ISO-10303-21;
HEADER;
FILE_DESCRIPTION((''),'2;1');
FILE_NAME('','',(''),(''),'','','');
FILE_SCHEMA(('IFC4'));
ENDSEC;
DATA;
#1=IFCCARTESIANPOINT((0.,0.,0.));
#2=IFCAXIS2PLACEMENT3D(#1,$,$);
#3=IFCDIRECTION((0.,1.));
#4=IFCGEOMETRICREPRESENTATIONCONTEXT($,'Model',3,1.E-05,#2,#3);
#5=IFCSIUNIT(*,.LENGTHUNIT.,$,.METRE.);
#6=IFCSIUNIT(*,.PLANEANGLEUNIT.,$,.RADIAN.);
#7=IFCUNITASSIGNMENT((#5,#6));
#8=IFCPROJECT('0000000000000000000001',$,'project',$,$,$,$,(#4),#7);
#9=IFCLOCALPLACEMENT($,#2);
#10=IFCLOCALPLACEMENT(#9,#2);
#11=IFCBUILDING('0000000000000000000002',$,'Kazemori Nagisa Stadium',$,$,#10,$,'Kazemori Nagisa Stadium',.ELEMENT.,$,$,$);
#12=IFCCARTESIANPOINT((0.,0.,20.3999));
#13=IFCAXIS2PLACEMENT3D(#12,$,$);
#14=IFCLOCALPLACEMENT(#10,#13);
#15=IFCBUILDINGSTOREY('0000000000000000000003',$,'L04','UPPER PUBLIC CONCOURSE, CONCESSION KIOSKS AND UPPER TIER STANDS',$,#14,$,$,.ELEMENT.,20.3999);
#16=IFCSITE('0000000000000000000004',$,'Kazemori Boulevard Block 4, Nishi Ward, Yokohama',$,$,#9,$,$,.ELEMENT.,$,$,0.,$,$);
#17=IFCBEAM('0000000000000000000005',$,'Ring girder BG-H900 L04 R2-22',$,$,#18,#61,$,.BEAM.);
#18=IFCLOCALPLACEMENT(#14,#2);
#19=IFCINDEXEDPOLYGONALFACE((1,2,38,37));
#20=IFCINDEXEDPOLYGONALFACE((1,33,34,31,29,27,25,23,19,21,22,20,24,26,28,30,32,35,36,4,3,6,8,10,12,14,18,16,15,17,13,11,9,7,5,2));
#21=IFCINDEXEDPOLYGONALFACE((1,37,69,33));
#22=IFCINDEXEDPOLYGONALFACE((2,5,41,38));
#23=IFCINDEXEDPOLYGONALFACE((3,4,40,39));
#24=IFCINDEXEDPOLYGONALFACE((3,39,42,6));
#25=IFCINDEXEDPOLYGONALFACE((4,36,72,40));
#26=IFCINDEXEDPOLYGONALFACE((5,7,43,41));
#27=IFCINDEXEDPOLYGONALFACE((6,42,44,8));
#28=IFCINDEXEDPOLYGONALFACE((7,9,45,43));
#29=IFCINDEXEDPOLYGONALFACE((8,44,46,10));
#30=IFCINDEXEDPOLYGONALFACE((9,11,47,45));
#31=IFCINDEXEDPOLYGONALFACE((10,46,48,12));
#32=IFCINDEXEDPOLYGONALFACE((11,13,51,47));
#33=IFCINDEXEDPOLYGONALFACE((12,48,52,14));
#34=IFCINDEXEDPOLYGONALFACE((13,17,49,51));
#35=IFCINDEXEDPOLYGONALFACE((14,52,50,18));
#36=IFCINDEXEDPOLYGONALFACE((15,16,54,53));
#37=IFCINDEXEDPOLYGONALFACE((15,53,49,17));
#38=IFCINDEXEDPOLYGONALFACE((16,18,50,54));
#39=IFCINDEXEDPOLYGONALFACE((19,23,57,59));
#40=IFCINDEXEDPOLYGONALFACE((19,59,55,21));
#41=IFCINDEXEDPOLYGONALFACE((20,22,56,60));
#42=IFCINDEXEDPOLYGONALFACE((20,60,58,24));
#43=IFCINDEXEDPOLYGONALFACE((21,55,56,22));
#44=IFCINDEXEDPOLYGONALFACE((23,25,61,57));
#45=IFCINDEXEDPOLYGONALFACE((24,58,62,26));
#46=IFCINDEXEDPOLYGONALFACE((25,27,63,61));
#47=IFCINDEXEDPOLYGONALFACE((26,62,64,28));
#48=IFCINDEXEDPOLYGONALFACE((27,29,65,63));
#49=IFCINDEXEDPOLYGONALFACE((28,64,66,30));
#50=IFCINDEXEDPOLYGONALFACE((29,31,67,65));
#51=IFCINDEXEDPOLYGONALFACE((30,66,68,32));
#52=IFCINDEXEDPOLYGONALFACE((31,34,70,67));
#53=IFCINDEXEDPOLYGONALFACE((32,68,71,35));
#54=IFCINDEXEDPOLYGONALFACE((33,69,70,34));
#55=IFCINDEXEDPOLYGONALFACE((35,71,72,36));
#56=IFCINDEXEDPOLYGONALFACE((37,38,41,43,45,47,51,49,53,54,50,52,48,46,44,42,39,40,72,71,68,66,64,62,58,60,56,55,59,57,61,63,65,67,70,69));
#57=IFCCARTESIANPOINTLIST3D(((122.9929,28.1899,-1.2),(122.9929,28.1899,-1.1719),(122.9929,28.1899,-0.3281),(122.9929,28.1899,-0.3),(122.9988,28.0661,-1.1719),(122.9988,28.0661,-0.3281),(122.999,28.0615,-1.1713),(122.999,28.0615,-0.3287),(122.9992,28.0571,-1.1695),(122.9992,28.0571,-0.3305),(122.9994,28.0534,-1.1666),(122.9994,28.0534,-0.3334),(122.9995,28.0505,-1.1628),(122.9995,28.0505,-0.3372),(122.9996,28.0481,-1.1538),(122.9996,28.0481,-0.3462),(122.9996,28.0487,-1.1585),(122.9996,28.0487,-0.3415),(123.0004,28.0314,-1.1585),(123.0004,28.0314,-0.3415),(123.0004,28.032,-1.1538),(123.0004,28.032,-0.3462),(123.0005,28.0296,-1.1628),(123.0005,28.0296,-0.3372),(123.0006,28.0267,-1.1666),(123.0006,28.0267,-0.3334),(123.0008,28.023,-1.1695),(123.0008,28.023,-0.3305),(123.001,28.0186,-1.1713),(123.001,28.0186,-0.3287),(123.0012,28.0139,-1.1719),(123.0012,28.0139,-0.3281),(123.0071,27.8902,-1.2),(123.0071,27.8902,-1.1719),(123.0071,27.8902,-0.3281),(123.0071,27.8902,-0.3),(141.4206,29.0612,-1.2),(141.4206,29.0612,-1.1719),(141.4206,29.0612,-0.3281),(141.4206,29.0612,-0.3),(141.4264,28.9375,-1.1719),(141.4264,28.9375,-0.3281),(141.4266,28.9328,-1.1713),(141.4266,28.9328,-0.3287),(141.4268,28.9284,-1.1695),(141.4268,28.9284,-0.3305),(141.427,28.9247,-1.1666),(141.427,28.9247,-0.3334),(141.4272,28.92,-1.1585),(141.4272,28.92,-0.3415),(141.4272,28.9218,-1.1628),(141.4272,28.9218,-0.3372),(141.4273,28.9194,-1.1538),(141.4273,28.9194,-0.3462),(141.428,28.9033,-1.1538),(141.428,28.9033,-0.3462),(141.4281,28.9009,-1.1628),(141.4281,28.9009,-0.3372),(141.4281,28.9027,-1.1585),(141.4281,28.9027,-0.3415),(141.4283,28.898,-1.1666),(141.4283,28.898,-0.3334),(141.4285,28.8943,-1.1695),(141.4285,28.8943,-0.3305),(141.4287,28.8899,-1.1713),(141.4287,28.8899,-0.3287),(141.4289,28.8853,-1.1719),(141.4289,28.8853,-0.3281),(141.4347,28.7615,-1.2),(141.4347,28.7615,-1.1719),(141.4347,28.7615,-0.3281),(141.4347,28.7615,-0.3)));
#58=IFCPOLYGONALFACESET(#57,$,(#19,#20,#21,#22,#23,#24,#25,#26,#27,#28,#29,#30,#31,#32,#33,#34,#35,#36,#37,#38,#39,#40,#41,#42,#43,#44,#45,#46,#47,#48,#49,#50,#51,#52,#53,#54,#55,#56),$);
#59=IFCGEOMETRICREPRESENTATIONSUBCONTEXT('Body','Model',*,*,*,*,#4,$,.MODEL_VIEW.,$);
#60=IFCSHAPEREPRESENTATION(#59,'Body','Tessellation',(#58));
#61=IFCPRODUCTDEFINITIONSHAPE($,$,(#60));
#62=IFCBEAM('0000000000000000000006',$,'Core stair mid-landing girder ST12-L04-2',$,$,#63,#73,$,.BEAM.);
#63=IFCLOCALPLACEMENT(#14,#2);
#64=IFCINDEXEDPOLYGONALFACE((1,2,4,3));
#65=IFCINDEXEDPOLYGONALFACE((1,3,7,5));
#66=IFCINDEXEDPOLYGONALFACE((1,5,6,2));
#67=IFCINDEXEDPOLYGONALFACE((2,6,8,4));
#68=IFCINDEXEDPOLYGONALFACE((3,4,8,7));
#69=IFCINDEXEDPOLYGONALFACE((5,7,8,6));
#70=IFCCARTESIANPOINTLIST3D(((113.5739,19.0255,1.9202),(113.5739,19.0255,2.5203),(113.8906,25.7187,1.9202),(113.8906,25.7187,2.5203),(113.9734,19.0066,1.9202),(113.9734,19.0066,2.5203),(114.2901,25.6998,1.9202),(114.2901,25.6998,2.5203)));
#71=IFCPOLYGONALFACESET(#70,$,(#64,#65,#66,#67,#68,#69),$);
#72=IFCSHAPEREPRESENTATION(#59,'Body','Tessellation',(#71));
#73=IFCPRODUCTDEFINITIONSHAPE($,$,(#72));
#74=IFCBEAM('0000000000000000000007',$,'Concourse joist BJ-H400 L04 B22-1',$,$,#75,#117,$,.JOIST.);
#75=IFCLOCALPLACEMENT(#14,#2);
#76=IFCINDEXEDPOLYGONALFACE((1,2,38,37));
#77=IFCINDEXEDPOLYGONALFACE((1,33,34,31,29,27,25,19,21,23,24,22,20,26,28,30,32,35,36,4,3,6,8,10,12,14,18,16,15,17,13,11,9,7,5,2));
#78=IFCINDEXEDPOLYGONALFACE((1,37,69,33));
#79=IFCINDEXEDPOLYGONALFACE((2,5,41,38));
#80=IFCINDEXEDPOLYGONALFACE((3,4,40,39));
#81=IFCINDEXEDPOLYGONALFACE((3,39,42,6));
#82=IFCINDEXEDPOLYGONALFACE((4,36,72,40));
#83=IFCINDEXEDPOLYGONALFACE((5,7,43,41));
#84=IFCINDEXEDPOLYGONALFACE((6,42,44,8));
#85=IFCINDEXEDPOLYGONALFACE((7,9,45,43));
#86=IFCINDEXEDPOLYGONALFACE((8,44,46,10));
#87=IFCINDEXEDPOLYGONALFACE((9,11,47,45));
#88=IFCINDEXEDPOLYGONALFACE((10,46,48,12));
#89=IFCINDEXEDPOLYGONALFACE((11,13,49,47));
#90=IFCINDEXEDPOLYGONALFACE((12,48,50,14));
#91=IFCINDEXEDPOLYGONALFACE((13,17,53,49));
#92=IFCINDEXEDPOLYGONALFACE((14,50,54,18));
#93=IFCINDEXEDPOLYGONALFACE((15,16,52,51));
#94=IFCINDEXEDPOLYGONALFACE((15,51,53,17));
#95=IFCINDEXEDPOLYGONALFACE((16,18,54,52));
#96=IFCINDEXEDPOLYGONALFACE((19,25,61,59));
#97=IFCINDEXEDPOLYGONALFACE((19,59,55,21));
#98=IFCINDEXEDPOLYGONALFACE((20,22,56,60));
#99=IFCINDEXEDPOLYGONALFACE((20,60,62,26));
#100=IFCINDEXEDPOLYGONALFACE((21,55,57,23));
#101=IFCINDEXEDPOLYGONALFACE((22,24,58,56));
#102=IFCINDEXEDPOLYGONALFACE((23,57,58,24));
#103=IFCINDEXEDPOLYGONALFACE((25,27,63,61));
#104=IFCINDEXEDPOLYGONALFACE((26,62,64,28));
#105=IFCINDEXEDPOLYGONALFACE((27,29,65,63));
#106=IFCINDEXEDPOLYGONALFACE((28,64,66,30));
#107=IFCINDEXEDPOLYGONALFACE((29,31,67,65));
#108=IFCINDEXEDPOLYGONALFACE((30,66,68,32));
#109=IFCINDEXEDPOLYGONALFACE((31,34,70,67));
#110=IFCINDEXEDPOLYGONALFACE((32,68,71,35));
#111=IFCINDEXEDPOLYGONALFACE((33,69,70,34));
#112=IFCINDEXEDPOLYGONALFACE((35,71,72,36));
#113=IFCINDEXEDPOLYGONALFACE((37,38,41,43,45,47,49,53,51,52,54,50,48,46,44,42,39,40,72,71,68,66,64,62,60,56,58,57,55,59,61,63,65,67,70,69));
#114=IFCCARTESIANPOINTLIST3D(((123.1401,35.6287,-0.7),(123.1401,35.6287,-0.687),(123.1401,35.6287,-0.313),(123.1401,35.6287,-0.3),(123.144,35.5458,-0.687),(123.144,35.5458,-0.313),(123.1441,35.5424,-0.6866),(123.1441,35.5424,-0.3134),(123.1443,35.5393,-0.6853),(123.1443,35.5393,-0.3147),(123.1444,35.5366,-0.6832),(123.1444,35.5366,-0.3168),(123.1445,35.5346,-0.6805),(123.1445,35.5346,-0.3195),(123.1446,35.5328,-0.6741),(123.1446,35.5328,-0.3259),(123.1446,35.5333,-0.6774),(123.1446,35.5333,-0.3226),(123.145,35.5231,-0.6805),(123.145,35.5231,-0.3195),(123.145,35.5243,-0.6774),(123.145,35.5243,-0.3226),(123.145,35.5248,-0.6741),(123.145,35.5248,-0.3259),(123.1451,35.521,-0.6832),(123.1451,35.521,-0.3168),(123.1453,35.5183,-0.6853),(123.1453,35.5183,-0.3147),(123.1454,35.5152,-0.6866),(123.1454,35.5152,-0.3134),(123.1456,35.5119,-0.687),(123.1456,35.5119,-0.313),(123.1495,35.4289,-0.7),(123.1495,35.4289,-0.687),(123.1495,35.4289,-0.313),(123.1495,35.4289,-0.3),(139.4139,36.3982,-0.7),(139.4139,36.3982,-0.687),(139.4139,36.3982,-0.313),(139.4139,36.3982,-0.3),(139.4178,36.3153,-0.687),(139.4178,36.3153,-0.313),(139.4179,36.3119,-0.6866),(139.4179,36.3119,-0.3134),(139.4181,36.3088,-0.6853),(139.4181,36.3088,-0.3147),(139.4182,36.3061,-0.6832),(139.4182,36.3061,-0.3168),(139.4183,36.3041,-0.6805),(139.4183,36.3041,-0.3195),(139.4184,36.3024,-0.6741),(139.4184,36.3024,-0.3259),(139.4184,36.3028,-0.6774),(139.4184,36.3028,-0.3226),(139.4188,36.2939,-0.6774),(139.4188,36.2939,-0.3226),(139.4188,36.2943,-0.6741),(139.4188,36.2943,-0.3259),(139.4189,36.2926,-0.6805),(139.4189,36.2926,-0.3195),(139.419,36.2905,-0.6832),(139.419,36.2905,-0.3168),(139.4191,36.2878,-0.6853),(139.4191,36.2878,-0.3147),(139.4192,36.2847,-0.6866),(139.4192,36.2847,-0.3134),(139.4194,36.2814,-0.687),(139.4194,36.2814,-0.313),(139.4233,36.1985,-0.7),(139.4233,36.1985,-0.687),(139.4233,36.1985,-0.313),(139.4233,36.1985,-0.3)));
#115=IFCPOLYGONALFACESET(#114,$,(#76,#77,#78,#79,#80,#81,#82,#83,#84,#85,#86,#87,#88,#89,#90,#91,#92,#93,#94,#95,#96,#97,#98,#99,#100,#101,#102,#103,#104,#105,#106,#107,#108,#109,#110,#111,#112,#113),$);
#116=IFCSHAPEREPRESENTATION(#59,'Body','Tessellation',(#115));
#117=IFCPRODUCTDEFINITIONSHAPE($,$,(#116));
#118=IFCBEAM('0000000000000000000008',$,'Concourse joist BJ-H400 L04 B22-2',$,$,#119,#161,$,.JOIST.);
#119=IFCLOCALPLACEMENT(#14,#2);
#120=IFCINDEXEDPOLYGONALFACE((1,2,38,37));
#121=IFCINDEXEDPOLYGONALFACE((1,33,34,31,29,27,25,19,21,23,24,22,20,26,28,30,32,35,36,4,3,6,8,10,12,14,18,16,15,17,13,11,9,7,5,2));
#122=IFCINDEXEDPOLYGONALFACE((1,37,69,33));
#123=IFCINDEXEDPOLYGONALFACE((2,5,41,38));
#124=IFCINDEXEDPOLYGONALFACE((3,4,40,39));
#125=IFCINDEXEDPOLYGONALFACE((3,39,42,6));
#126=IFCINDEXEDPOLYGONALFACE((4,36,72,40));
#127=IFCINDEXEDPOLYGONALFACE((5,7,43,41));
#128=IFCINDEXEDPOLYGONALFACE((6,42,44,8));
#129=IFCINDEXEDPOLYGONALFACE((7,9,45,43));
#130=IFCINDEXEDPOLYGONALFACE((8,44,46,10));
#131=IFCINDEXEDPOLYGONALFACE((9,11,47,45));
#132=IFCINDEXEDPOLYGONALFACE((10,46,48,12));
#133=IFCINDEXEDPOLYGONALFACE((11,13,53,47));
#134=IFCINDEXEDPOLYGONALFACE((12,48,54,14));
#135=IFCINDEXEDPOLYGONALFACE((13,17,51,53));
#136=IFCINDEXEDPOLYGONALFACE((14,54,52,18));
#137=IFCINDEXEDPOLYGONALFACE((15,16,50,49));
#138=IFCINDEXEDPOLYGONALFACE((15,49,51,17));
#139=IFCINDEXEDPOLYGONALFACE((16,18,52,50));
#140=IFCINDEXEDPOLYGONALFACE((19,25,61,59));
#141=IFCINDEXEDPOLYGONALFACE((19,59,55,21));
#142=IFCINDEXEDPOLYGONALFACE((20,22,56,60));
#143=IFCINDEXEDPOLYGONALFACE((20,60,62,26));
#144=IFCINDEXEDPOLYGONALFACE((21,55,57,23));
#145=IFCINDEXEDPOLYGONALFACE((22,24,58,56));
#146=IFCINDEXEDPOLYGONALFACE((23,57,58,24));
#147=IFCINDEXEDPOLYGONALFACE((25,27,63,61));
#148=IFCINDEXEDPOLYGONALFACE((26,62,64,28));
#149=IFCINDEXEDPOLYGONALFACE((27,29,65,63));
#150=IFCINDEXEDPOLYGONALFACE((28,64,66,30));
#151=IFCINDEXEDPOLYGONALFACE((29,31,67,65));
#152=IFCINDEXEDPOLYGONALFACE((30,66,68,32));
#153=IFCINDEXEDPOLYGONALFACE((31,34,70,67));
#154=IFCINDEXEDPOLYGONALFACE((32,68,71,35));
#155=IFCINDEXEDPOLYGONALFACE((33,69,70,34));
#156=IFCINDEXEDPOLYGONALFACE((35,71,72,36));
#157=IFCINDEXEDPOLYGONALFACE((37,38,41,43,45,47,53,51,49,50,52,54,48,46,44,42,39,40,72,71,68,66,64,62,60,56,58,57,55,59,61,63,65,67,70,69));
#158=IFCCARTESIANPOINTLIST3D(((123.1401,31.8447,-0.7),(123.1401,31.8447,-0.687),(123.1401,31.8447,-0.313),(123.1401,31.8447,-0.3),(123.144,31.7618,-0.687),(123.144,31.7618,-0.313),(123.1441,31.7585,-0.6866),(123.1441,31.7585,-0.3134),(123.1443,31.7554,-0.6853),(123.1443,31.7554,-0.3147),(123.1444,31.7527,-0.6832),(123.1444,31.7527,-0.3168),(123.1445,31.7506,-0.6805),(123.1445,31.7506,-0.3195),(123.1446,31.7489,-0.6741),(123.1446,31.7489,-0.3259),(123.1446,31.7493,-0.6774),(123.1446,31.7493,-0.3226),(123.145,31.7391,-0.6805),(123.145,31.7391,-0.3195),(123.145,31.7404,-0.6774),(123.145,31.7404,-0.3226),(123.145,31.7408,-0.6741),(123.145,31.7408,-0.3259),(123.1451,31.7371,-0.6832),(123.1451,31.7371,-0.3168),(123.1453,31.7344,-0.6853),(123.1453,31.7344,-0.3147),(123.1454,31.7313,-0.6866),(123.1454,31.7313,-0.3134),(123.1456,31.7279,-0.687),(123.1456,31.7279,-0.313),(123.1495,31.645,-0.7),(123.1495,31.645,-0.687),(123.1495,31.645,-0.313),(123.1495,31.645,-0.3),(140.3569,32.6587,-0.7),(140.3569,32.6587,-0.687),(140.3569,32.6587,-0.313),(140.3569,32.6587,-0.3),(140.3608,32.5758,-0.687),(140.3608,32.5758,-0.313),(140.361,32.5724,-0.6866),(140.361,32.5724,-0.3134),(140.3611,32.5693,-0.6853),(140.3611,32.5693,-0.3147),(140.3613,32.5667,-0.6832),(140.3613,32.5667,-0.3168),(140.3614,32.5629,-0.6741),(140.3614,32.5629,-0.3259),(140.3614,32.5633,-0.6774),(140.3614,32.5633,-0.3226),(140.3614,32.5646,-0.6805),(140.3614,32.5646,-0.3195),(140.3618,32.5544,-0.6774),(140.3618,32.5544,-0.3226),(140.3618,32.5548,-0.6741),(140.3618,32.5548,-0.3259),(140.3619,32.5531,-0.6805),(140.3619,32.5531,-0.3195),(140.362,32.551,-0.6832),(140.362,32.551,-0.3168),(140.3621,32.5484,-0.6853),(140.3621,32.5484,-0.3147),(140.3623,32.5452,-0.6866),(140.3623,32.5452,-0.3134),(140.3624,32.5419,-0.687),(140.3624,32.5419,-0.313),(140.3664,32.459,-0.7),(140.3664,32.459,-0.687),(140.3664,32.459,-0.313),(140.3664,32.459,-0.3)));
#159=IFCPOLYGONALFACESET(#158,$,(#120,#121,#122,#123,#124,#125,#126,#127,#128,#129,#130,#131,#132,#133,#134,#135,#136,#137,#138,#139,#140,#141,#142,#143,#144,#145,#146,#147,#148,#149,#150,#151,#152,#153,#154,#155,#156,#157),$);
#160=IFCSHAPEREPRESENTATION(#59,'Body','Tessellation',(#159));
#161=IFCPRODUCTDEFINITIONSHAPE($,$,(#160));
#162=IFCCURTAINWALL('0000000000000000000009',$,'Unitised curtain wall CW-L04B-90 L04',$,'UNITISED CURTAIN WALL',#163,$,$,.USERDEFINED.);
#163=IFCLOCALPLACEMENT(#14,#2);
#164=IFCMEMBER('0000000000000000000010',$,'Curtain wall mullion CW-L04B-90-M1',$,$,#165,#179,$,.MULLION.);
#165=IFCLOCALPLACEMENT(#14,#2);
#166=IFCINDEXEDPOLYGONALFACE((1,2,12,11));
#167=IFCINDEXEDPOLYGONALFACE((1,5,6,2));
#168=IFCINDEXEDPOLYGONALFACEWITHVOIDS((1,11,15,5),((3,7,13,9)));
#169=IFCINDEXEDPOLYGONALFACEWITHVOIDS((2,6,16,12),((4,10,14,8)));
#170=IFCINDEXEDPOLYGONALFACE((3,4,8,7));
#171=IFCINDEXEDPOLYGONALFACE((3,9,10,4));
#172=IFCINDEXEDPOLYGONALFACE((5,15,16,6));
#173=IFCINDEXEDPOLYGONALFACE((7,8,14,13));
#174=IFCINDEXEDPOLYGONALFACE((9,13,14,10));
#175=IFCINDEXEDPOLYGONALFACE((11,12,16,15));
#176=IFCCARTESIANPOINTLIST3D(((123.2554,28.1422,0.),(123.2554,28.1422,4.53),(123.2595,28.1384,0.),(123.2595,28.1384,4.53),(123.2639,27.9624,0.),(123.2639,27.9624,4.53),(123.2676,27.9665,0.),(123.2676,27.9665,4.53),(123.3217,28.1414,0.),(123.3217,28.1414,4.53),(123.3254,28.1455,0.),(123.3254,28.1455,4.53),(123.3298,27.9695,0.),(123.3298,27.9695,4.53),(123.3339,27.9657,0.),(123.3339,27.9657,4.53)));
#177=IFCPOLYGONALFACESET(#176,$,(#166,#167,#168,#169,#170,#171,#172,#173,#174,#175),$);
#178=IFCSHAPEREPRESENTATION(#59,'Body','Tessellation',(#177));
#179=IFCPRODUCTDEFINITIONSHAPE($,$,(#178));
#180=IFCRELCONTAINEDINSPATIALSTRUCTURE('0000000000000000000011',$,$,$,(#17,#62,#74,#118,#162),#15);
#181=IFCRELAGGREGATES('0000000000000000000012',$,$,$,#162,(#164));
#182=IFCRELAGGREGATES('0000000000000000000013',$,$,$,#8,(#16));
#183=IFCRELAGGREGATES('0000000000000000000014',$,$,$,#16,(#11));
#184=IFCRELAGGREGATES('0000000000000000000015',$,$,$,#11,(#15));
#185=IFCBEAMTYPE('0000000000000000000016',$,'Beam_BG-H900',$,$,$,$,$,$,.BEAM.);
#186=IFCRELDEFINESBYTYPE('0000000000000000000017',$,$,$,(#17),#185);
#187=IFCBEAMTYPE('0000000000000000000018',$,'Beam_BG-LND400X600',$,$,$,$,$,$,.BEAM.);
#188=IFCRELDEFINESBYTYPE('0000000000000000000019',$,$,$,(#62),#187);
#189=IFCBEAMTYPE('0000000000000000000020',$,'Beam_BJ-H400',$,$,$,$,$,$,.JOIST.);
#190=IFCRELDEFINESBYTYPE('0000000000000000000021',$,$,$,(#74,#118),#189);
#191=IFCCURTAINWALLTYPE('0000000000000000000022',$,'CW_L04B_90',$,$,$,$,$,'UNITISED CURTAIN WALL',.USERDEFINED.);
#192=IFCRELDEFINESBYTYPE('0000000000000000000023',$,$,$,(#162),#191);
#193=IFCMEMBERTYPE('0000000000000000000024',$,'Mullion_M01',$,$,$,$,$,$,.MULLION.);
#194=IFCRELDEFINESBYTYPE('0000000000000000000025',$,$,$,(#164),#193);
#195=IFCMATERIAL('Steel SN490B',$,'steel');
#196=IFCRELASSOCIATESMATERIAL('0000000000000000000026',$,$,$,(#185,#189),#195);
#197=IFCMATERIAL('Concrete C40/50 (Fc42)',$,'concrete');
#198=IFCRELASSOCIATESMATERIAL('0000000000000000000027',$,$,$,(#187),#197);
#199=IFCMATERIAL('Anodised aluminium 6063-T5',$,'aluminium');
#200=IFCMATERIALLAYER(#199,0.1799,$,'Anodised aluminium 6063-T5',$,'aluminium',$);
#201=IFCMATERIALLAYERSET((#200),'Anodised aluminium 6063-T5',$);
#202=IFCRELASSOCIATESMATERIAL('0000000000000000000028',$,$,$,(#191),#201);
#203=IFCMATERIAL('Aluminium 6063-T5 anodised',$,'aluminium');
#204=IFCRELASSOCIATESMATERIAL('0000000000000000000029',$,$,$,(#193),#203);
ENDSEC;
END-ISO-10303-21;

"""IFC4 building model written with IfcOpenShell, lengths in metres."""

from ifc_helpers import new_model, si_unit, direction, frame, origin, origin_2d, place, context, subcontext, project, spatial, rectangle, hollow_rectangle, i_section, extrude, material, layer, layer_set, material_profile, profile_set, type_object, element, aggregate, save


model = new_model("IFC4")

# Units and contexts
model_context = context("Model", 3, precision=1e-05, world=origin(), true_north=direction((0.0, 1.0)))
body_context = subcontext(model_context, "Body", "Model", "MODEL_VIEW")
ifc_project = project(units=[si_unit("LENGTHUNIT", "METRE"), si_unit("PLANEANGLEUNIT", "RADIAN")], contexts=[model_context])

# Site, building, storey
site_placement = place(None, origin())
site = spatial("IfcSite", under=ifc_project, at=site_placement, Name="Kazemori Boulevard Block 4, Nishi Ward, Yokohama", CompositionType="ELEMENT", RefElevation=0.0)
building_placement = place(site_placement, origin())
building = spatial("IfcBuilding", under=site, at=building_placement, Name="Kazemori Nagisa Stadium", LongName="Kazemori Nagisa Stadium", CompositionType="ELEMENT")
storey_placement = place(building_placement, frame((0.0, 0.0, 20.3999)))
storey = spatial("IfcBuildingStorey", under=building, at=storey_placement, Name="L04", Description="UPPER PUBLIC CONCOURSE, CONCESSION KIOSKS AND UPPER TIER STANDS", CompositionType="ELEMENT", Elevation=20.3999)

# Beams
ifc_material_1 = material(Name="Steel SN490B", Category="steel")
ifc_material_profile_1 = material_profile(ifc_material_1, i_section(OverallWidth=0.3, OverallDepth=0.8999, WebThickness=0.0161, FlangeThickness=0.0281, FilletRadius=0.0181, at=origin_2d()), Name="H-900x300x16x28")
ifc_profile_set_1 = profile_set([ifc_material_profile_1], Name="Steel SN490B")
beam_type_1 = type_object("IfcBeamType", Name="Beam_BG-H900", PredefinedType="BEAM", material=ifc_profile_set_1)
beam_1_placement = place(storey_placement, frame((123.0, 28.04, -0.75), z_axis=(0.998884, 0.047231, 0.0), x_axis=(-0.047231, 0.998884, 0.0)))
element("IfcBeam", 1, at=beam_1_placement, inside=storey, type_object=beam_type_1, Name="Ring girder BG-H900 L04 R2-22", PredefinedType="BEAM", context=body_context, shape_type="SweptSolid", body=[
    extrude(i_section(OverallWidth=0.3, OverallDepth=0.8999, WebThickness=0.0161, FlangeThickness=0.0281, FilletRadius=0.0181, at=origin_2d()), origin(), (0.0, 0.0, 1.0), 18.4482),
])
ifc_material_2 = material(Name="Concrete C40/50 (Fc42)", Category="concrete")
ifc_material_profile_2 = material_profile(ifc_material_2, rectangle(XDim=0.3999, YDim=0.6001, at=origin_2d()), Name="RC-BM-400x600")
ifc_profile_set_2 = profile_set([ifc_material_profile_2], Name="Concrete C40/50 (Fc42)")
beam_type_2 = type_object("IfcBeamType", Name="Beam_BG-LND400X600", PredefinedType="BEAM", material=ifc_profile_set_2)
beam_2_placement = place(storey_placement, frame((114.0903, 25.7092, 2.2202), z_axis=(-0.047257, -0.998883, 0.0), x_axis=(0.998883, -0.047257, 0.0)))
element("IfcBeam", 2, at=beam_2_placement, inside=storey, type_object=beam_type_2, Name="Core stair mid-landing girder ST12-L04-2", PredefinedType="BEAM", context=body_context, shape_type="SweptSolid", body=[
    extrude(rectangle(XDim=0.3999, YDim=0.6001, at=origin_2d()), origin(), (0.0, 0.0, 1.0), 6.7007),
])
ifc_material_profile_3 = material_profile(ifc_material_1, i_section(OverallWidth=0.2, OverallDepth=0.3999, WebThickness=0.0081, FlangeThickness=0.0129, FilletRadius=0.0129, at=origin_2d()), Name="H-400x200x8x13")
ifc_profile_set_3 = profile_set([ifc_material_profile_3], Name="Steel SN490B")
beam_type_3 = type_object("IfcBeamType", Name="Beam_BJ-H400", PredefinedType="JOIST", material=ifc_profile_set_3)
beam_3_placement = place(storey_placement, frame((123.1448, 35.5288, -0.5), z_axis=(0.998884, 0.047233, 0.0), x_axis=(-0.047233, 0.998884, 0.0)))
element("IfcBeam", 3, at=beam_3_placement, inside=storey, type_object=beam_type_3, Name="Concourse joist BJ-H400 L04 B22-1", PredefinedType="JOIST", context=body_context, shape_type="SweptSolid", body=[
    extrude(i_section(OverallWidth=0.2, OverallDepth=0.3999, WebThickness=0.0081, FlangeThickness=0.0129, FilletRadius=0.0129, at=origin_2d()), origin(), (0.0, 0.0, 1.0), 16.292),
])
beam_4_placement = place(storey_placement, frame((123.1448, 31.7449, -0.5), z_axis=(0.998884, 0.047225, 0.0), x_axis=(-0.047225, 0.998884, 0.0)))
element("IfcBeam", 4, at=beam_4_placement, inside=storey, type_object=beam_type_3, Name="Concourse joist BJ-H400 L04 B22-2", PredefinedType="JOIST", context=body_context, shape_type="SweptSolid", body=[
    extrude(i_section(OverallWidth=0.2, OverallDepth=0.3999, WebThickness=0.0081, FlangeThickness=0.0129, FilletRadius=0.0129, at=origin_2d()), origin(), (0.0, 0.0, 1.0), 17.2361),
])

# Curtain wall, member
ifc_material_3 = material(Name="Anodised aluminium 6063-T5", Category="aluminium")
ifc_layer_1 = layer(ifc_material_3, 0.1799, Name="Anodised aluminium 6063-T5", Category="aluminium")
ifc_layer_set_1 = layer_set([ifc_layer_1], Name="Anodised aluminium 6063-T5")
curtain_wall_type = type_object("IfcCurtainWallType", Name="CW_L04B_90", ElementType="UNITISED CURTAIN WALL", PredefinedType="USERDEFINED", material=ifc_layer_set_1)
curtain_wall_placement = place(storey_placement, origin())
curtain_wall = element("IfcCurtainWall", 5, at=curtain_wall_placement, inside=storey, type_object=curtain_wall_type, Name="Unitised curtain wall CW-L04B-90 L04", ObjectType="UNITISED CURTAIN WALL", PredefinedType="USERDEFINED")
ifc_material_4 = material(Name="Aluminium 6063-T5 anodised", Category="aluminium")
ifc_material_profile_4 = material_profile(ifc_material_4, hollow_rectangle(XDim=0.0701, YDim=0.1799, WallThickness=0.0039, at=origin_2d()), Name="ALU-MULL-70x180x4")
ifc_profile_set_4 = profile_set([ifc_material_profile_4], Name="Aluminium 6063-T5 anodised")
member_type_1 = type_object("IfcMemberType", Name="Mullion_M01", PredefinedType="MULLION", material=ifc_profile_set_4)
member_1_placement = place(storey_placement, frame((123.2947, 28.054, 0.0), z_axis=(0.0, 0.0, 1.0), x_axis=(0.998884, 0.04723, 0.0)))
member_1 = element("IfcMember", 6, at=member_1_placement, type_object=member_type_1, Name="Curtain wall mullion CW-L04B-90-M1", PredefinedType="MULLION", context=body_context, shape_type="SweptSolid", body=[
    extrude(hollow_rectangle(XDim=0.0701, YDim=0.1799, WallThickness=0.0039, at=origin_2d()), origin(), (0.0, 0.0, 1.0), 4.53),
])
aggregate(curtain_wall, [member_1])

save(model, "model.ifc")
